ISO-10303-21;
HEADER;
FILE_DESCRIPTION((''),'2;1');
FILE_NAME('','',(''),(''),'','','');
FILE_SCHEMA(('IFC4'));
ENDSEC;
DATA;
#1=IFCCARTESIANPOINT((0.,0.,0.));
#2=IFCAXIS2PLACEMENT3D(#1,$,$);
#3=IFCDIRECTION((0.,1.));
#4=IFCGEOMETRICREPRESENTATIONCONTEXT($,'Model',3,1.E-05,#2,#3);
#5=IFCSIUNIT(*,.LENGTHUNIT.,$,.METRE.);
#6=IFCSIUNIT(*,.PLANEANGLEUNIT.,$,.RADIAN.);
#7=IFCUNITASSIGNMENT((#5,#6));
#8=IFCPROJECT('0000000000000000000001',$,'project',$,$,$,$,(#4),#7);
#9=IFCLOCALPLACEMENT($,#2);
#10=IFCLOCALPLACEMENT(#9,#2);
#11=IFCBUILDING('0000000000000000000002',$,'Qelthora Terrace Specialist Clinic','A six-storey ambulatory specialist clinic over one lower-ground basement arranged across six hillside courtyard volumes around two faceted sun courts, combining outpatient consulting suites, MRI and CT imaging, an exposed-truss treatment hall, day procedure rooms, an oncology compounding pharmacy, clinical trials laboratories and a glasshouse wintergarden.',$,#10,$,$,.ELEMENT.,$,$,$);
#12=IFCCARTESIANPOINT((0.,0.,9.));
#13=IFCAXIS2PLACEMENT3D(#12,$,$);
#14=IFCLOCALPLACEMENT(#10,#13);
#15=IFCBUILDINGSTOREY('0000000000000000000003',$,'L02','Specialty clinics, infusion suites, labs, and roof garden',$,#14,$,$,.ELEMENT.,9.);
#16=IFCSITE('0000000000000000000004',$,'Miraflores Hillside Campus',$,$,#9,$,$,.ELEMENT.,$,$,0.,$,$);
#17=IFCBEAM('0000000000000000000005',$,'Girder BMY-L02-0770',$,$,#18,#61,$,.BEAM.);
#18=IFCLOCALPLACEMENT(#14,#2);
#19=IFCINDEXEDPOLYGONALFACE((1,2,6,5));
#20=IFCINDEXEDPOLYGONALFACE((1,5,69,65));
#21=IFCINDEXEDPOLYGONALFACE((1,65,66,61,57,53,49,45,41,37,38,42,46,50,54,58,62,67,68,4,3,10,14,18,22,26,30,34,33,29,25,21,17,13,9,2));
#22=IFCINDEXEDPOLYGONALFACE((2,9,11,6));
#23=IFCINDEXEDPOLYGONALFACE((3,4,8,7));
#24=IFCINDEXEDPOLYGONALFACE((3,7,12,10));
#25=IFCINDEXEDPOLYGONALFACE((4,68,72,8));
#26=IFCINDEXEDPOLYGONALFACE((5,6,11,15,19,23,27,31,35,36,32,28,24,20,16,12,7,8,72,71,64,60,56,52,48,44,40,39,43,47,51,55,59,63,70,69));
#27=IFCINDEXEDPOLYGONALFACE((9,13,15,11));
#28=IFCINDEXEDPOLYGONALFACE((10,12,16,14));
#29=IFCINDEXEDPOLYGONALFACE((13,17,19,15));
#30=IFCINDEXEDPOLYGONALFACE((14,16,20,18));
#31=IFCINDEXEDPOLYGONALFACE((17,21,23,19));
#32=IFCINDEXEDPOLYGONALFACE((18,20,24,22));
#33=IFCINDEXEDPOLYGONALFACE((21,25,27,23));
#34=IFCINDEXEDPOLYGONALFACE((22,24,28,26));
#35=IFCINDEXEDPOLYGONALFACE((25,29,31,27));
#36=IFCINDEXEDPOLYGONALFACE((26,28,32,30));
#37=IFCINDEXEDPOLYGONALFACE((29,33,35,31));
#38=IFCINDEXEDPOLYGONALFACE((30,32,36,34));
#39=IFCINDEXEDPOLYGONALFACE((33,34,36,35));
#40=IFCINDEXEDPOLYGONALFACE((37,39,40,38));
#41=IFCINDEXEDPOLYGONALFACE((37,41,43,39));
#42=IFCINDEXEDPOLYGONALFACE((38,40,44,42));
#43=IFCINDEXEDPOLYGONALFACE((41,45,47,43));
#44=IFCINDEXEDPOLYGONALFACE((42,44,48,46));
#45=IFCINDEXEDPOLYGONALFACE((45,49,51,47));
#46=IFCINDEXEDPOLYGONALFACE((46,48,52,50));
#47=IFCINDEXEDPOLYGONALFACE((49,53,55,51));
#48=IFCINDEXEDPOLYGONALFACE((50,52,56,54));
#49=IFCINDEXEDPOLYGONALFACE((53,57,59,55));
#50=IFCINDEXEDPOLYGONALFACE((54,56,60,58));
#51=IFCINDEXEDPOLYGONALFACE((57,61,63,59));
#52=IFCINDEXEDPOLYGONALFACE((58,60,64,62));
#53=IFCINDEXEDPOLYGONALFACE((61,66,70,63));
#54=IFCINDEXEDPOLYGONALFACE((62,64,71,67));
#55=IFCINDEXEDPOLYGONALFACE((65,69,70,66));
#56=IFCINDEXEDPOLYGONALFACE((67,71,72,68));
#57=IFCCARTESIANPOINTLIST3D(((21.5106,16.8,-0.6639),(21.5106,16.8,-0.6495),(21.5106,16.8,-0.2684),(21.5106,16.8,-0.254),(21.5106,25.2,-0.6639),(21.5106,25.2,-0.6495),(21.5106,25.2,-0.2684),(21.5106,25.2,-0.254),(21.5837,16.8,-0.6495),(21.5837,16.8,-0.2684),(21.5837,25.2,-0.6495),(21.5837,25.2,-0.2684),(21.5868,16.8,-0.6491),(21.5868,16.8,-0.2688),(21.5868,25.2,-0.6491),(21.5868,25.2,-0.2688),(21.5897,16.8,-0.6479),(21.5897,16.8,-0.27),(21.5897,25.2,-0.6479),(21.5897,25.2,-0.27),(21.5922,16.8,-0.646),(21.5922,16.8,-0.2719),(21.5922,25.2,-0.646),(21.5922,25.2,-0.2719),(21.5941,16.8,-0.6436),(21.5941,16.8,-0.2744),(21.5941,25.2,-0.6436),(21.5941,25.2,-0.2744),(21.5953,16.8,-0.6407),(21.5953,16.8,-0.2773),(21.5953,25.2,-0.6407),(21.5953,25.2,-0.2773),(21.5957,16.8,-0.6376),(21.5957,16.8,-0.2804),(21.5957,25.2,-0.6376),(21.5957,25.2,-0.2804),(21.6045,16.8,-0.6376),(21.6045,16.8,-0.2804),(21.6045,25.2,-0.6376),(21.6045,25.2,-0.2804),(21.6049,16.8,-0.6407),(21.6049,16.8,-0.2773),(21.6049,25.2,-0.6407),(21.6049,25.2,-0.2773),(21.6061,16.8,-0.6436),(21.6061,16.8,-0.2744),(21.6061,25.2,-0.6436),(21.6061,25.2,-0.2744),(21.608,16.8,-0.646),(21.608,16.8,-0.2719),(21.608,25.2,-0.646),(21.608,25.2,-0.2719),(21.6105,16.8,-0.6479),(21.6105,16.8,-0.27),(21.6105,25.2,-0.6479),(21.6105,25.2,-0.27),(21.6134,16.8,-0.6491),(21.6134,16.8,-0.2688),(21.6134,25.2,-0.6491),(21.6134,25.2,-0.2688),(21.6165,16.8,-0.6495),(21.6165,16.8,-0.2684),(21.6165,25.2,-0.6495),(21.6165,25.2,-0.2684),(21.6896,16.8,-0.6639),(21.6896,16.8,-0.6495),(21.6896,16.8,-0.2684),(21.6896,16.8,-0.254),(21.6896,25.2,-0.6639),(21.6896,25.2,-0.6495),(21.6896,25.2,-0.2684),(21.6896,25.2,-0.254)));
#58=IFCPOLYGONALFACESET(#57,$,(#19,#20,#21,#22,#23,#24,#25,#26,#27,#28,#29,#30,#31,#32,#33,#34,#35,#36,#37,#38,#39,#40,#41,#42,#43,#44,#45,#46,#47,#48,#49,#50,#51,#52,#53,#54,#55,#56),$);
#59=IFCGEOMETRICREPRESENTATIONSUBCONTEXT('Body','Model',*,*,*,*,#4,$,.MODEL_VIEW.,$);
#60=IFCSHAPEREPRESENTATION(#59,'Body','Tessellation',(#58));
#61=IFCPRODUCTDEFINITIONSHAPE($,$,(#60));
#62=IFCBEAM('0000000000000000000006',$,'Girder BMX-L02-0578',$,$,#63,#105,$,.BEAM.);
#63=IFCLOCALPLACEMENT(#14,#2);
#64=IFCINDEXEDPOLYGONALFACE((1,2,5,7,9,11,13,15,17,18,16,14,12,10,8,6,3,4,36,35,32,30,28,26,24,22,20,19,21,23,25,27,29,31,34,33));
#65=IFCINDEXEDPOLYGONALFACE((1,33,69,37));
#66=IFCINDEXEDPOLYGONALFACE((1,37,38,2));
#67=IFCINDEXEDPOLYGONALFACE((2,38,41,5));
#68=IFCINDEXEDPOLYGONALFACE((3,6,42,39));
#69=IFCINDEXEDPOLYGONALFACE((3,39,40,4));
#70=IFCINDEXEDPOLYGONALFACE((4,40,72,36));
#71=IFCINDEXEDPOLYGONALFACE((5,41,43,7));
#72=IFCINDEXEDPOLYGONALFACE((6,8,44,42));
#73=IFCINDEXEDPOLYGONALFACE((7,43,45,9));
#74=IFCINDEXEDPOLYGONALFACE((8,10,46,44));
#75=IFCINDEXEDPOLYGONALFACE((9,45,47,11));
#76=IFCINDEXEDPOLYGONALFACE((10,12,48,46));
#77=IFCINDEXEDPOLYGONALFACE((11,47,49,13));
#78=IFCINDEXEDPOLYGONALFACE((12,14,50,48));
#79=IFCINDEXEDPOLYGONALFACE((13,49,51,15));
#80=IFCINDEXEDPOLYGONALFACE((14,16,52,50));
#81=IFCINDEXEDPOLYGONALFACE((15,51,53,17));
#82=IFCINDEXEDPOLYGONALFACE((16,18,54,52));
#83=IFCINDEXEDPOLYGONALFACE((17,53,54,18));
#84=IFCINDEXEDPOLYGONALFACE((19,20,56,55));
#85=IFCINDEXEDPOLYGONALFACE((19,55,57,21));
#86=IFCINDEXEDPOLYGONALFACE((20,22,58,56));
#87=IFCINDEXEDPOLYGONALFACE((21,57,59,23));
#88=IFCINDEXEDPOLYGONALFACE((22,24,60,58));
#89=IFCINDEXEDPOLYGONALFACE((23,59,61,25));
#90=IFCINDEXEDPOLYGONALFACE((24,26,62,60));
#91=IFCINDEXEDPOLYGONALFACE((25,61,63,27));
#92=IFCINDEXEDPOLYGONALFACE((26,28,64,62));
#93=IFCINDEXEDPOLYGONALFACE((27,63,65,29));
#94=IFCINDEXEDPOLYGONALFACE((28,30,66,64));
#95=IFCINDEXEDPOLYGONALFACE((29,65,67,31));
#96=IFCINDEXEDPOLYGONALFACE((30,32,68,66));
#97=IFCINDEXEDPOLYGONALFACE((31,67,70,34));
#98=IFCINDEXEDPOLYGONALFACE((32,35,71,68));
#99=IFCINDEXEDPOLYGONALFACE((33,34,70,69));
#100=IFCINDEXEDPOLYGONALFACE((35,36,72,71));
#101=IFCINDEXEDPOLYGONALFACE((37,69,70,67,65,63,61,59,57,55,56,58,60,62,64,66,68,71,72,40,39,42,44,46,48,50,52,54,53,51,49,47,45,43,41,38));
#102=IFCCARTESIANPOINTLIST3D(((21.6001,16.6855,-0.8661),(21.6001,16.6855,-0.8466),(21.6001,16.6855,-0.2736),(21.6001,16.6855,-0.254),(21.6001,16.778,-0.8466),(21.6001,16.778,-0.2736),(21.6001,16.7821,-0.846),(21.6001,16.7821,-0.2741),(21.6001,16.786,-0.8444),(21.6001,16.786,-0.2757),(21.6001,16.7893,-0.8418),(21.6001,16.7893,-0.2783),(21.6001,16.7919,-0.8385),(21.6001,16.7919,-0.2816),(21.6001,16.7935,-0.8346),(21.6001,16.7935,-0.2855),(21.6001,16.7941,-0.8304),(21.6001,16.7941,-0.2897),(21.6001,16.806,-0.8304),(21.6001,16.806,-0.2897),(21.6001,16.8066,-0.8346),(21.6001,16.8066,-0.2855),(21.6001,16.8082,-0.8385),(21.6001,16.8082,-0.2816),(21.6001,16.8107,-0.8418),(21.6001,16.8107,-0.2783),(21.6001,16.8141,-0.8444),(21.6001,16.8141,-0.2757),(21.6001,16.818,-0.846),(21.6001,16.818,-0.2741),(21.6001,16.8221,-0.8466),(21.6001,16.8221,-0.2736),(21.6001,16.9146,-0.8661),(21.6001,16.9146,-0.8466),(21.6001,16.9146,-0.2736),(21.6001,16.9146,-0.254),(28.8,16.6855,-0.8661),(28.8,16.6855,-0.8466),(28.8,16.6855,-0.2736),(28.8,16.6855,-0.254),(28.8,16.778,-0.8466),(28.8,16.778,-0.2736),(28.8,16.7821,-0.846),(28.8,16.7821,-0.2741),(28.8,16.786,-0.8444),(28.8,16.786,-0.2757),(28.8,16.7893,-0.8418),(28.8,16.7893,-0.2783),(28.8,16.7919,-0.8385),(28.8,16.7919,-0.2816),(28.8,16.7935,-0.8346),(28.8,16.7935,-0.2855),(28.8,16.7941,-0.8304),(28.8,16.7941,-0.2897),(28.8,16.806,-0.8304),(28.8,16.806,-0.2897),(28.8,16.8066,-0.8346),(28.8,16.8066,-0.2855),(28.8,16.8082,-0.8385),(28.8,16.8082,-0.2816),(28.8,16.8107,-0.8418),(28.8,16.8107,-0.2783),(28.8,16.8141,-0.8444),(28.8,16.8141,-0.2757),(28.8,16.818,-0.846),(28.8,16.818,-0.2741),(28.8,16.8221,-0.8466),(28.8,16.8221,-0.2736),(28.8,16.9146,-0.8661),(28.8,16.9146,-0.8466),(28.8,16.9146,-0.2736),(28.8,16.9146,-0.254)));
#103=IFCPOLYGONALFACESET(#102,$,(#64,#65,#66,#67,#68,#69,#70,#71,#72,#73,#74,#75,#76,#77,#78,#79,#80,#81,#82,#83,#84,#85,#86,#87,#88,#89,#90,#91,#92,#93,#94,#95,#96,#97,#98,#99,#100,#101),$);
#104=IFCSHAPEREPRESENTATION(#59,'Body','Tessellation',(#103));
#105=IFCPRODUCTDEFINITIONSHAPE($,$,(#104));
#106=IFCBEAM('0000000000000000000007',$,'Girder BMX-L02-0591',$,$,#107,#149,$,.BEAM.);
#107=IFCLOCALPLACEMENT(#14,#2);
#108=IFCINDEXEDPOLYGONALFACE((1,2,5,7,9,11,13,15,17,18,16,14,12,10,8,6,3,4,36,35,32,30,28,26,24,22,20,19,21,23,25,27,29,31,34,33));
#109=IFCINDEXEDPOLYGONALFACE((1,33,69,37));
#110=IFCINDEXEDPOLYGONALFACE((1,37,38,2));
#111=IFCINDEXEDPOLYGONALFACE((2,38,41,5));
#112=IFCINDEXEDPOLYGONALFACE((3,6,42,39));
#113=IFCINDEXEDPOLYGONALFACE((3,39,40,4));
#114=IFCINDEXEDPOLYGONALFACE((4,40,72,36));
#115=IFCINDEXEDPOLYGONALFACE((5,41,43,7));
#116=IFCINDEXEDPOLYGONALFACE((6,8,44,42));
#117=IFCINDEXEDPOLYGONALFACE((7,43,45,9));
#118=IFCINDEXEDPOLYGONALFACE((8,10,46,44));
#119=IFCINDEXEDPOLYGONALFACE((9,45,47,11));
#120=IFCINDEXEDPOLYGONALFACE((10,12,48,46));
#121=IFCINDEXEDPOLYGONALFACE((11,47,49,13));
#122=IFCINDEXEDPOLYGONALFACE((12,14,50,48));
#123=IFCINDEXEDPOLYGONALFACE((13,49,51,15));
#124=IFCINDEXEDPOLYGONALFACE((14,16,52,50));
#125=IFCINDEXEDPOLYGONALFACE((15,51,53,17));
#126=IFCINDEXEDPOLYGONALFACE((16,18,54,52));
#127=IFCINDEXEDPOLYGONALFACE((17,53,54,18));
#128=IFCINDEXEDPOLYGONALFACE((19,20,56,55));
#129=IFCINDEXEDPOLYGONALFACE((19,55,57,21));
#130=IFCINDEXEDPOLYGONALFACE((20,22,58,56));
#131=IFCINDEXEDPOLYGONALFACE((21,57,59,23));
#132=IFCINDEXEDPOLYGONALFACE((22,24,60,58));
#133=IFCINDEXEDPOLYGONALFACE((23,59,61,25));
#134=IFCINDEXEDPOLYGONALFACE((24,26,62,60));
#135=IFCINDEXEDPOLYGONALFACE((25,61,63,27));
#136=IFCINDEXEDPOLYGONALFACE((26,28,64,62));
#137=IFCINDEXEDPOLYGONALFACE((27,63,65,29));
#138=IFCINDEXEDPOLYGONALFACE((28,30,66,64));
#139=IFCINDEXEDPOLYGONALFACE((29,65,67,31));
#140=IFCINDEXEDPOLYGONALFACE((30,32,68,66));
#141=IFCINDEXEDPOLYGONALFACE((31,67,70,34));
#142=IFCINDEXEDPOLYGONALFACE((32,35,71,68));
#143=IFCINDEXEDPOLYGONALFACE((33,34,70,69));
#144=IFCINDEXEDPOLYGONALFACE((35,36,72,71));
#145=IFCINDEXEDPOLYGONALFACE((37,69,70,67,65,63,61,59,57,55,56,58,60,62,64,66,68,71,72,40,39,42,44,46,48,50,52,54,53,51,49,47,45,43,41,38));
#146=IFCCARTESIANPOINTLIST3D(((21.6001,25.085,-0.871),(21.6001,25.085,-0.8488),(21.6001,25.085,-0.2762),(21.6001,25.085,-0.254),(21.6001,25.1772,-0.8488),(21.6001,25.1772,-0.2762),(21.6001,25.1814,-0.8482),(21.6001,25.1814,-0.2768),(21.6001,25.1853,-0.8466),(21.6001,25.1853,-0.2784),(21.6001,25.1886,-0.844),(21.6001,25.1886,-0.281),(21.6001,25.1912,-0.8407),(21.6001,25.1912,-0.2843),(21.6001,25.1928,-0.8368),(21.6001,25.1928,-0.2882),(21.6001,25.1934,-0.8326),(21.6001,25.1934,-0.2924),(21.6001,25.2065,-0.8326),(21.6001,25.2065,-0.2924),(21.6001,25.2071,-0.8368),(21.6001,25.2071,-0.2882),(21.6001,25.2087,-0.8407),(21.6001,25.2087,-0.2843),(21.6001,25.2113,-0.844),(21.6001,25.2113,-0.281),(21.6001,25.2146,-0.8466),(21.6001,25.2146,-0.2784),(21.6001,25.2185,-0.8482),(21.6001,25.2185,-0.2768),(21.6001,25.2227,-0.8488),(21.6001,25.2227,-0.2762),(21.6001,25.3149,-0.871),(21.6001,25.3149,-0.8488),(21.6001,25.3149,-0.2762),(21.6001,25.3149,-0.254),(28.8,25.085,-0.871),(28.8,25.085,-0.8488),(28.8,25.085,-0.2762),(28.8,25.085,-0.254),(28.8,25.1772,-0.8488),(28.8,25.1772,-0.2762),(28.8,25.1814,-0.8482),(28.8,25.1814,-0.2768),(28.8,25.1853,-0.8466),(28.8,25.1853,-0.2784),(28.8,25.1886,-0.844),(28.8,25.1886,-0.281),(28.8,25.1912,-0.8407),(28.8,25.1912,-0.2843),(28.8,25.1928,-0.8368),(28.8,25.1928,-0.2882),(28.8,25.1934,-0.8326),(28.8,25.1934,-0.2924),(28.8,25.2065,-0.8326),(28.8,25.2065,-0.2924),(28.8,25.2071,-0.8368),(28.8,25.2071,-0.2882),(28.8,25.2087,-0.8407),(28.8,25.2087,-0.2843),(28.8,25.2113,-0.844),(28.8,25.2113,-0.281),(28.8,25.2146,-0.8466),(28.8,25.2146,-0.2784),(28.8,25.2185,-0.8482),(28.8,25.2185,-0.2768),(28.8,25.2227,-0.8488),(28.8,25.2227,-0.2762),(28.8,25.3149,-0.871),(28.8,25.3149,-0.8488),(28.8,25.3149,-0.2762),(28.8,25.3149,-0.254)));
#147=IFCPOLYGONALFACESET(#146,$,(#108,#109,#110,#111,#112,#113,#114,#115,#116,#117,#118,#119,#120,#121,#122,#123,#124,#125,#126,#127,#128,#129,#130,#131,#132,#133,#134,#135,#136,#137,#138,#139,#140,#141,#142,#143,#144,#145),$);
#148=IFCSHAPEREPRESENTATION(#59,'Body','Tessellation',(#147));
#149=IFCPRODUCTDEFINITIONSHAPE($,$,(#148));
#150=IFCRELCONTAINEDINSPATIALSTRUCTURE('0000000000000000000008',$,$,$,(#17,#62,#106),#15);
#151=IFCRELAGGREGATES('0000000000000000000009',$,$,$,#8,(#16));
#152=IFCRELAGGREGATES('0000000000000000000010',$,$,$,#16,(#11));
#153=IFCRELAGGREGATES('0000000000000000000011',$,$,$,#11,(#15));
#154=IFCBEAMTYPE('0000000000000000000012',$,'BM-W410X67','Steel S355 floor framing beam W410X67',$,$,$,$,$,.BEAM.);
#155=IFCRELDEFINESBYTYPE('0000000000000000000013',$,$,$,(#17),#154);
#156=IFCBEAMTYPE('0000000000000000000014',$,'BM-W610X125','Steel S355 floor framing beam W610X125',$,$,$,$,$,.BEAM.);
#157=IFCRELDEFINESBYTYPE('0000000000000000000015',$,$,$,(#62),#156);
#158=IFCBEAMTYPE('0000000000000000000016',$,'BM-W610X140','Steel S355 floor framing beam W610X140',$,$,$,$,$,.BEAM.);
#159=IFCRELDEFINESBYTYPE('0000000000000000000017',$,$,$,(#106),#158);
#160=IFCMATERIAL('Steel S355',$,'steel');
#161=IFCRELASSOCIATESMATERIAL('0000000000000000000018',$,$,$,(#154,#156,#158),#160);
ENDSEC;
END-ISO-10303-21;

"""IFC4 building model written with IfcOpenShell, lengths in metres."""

from ifc_helpers import new_model, si_unit, direction, frame, origin, origin_2d, place, context, subcontext, project, spatial, i_section, extrude, material, material_profile, profile_set, type_object, element, save


model = new_model("IFC4")

# Units and contexts
model_context = context("Model", 3, precision=1e-05, world=origin(), true_north=direction((0.0, 1.0)))
body_context = subcontext(model_context, "Body", "Model", "MODEL_VIEW")
ifc_project = project(units=[si_unit("LENGTHUNIT", "METRE"), si_unit("PLANEANGLEUNIT", "RADIAN")], contexts=[model_context])

# Site, building, storey
site_placement = place(None, origin())
site = spatial("IfcSite", under=ifc_project, at=site_placement, Name="Miraflores Hillside Campus", CompositionType="ELEMENT", RefElevation=0.0)
building_placement = place(site_placement, origin())
building = spatial("IfcBuilding", under=site, at=building_placement, Name="Qelthora Terrace Specialist Clinic", Description="A six-storey ambulatory specialist clinic over one lower-ground basement arranged across six hillside courtyard volumes around two faceted sun courts, combining outpatient consulting suites, MRI and CT imaging, an exposed-truss treatment hall, day procedure rooms, an oncology compounding pharmacy, clinical trials laboratories and a glasshouse wintergarden.", CompositionType="ELEMENT")
storey_placement = place(building_placement, frame((0.0, 0.0, 9.0)))
storey = spatial("IfcBuildingStorey", under=building, at=storey_placement, Name="L02", Description="Specialty clinics, infusion suites, labs, and roof garden", CompositionType="ELEMENT", Elevation=9.0)

# Beams
ifc_material_1 = material(Name="Steel S355", Category="steel")
ifc_material_profile_1 = material_profile(ifc_material_1, i_section(OverallWidth=0.179, OverallDepth=0.4099, WebThickness=0.0088, FlangeThickness=0.0144, FilletRadius=0.012, at=origin_2d()), Name="W410X67")
ifc_profile_set_1 = profile_set([ifc_material_profile_1], Name="Steel S355")
beam_type_1 = type_object("IfcBeamType", Name="BM-W410X67", Description="Steel S355 floor framing beam W410X67", PredefinedType="BEAM", material=ifc_profile_set_1)
beam_1_placement = place(storey_placement, frame((21.6001, 16.8, -0.459), z_axis=(0.0, 1.0, 0.0), x_axis=(-1.0, 0.0, 0.0)))
element("IfcBeam", 1, at=beam_1_placement, inside=storey, type_object=beam_type_1, Name="Girder BMY-L02-0770", PredefinedType="BEAM", context=body_context, shape_type="SweptSolid", body=[
    extrude(i_section(OverallWidth=0.179, OverallDepth=0.4099, WebThickness=0.0088, FlangeThickness=0.0144, FilletRadius=0.012, at=origin_2d()), origin(), (0.0, 0.0, 1.0), 8.3999),
])
ifc_material_profile_2 = material_profile(ifc_material_1, i_section(OverallWidth=0.229, OverallDepth=0.6121, WebThickness=0.012, FlangeThickness=0.0195, FilletRadius=0.0161, at=origin_2d()), Name="W610X125")
ifc_profile_set_2 = profile_set([ifc_material_profile_2], Name="Steel S355")
beam_type_2 = type_object("IfcBeamType", Name="BM-W610X125", Description="Steel S355 floor framing beam W610X125", PredefinedType="BEAM", material=ifc_profile_set_2)
beam_2_placement = place(storey_placement, frame((21.6001, 16.8, -0.5601), z_axis=(1.0, 0.0, 0.0), x_axis=(0.0, 1.0, 0.0)))
element("IfcBeam", 2, at=beam_2_placement, inside=storey, type_object=beam_type_2, Name="Girder BMX-L02-0578", PredefinedType="BEAM", context=body_context, shape_type="SweptSolid", body=[
    extrude(i_section(OverallWidth=0.229, OverallDepth=0.6121, WebThickness=0.012, FlangeThickness=0.0195, FilletRadius=0.0161, at=origin_2d()), origin(), (0.0, 0.0, 1.0), 7.2),
])
ifc_material_profile_3 = material_profile(ifc_material_1, i_section(OverallWidth=0.23, OverallDepth=0.6169, WebThickness=0.0132, FlangeThickness=0.0222, FilletRadius=0.0161, at=origin_2d()), Name="W610X140")
ifc_profile_set_3 = profile_set([ifc_material_profile_3], Name="Steel S355")
beam_type_3 = type_object("IfcBeamType", Name="BM-W610X140", Description="Steel S355 floor framing beam W610X140", PredefinedType="BEAM", material=ifc_profile_set_3)
beam_3_placement = place(storey_placement, frame((21.6001, 25.2, -0.5625), z_axis=(1.0, 0.0, 0.0), x_axis=(0.0, 1.0, 0.0)))
element("IfcBeam", 3, at=beam_3_placement, inside=storey, type_object=beam_type_3, Name="Girder BMX-L02-0591", PredefinedType="BEAM", context=body_context, shape_type="SweptSolid", body=[
    extrude(i_section(OverallWidth=0.23, OverallDepth=0.6169, WebThickness=0.0132, FlangeThickness=0.0222, FilletRadius=0.0161, at=origin_2d()), origin(), (0.0, 0.0, 1.0), 7.2),
])

save(model, "model.ifc")
